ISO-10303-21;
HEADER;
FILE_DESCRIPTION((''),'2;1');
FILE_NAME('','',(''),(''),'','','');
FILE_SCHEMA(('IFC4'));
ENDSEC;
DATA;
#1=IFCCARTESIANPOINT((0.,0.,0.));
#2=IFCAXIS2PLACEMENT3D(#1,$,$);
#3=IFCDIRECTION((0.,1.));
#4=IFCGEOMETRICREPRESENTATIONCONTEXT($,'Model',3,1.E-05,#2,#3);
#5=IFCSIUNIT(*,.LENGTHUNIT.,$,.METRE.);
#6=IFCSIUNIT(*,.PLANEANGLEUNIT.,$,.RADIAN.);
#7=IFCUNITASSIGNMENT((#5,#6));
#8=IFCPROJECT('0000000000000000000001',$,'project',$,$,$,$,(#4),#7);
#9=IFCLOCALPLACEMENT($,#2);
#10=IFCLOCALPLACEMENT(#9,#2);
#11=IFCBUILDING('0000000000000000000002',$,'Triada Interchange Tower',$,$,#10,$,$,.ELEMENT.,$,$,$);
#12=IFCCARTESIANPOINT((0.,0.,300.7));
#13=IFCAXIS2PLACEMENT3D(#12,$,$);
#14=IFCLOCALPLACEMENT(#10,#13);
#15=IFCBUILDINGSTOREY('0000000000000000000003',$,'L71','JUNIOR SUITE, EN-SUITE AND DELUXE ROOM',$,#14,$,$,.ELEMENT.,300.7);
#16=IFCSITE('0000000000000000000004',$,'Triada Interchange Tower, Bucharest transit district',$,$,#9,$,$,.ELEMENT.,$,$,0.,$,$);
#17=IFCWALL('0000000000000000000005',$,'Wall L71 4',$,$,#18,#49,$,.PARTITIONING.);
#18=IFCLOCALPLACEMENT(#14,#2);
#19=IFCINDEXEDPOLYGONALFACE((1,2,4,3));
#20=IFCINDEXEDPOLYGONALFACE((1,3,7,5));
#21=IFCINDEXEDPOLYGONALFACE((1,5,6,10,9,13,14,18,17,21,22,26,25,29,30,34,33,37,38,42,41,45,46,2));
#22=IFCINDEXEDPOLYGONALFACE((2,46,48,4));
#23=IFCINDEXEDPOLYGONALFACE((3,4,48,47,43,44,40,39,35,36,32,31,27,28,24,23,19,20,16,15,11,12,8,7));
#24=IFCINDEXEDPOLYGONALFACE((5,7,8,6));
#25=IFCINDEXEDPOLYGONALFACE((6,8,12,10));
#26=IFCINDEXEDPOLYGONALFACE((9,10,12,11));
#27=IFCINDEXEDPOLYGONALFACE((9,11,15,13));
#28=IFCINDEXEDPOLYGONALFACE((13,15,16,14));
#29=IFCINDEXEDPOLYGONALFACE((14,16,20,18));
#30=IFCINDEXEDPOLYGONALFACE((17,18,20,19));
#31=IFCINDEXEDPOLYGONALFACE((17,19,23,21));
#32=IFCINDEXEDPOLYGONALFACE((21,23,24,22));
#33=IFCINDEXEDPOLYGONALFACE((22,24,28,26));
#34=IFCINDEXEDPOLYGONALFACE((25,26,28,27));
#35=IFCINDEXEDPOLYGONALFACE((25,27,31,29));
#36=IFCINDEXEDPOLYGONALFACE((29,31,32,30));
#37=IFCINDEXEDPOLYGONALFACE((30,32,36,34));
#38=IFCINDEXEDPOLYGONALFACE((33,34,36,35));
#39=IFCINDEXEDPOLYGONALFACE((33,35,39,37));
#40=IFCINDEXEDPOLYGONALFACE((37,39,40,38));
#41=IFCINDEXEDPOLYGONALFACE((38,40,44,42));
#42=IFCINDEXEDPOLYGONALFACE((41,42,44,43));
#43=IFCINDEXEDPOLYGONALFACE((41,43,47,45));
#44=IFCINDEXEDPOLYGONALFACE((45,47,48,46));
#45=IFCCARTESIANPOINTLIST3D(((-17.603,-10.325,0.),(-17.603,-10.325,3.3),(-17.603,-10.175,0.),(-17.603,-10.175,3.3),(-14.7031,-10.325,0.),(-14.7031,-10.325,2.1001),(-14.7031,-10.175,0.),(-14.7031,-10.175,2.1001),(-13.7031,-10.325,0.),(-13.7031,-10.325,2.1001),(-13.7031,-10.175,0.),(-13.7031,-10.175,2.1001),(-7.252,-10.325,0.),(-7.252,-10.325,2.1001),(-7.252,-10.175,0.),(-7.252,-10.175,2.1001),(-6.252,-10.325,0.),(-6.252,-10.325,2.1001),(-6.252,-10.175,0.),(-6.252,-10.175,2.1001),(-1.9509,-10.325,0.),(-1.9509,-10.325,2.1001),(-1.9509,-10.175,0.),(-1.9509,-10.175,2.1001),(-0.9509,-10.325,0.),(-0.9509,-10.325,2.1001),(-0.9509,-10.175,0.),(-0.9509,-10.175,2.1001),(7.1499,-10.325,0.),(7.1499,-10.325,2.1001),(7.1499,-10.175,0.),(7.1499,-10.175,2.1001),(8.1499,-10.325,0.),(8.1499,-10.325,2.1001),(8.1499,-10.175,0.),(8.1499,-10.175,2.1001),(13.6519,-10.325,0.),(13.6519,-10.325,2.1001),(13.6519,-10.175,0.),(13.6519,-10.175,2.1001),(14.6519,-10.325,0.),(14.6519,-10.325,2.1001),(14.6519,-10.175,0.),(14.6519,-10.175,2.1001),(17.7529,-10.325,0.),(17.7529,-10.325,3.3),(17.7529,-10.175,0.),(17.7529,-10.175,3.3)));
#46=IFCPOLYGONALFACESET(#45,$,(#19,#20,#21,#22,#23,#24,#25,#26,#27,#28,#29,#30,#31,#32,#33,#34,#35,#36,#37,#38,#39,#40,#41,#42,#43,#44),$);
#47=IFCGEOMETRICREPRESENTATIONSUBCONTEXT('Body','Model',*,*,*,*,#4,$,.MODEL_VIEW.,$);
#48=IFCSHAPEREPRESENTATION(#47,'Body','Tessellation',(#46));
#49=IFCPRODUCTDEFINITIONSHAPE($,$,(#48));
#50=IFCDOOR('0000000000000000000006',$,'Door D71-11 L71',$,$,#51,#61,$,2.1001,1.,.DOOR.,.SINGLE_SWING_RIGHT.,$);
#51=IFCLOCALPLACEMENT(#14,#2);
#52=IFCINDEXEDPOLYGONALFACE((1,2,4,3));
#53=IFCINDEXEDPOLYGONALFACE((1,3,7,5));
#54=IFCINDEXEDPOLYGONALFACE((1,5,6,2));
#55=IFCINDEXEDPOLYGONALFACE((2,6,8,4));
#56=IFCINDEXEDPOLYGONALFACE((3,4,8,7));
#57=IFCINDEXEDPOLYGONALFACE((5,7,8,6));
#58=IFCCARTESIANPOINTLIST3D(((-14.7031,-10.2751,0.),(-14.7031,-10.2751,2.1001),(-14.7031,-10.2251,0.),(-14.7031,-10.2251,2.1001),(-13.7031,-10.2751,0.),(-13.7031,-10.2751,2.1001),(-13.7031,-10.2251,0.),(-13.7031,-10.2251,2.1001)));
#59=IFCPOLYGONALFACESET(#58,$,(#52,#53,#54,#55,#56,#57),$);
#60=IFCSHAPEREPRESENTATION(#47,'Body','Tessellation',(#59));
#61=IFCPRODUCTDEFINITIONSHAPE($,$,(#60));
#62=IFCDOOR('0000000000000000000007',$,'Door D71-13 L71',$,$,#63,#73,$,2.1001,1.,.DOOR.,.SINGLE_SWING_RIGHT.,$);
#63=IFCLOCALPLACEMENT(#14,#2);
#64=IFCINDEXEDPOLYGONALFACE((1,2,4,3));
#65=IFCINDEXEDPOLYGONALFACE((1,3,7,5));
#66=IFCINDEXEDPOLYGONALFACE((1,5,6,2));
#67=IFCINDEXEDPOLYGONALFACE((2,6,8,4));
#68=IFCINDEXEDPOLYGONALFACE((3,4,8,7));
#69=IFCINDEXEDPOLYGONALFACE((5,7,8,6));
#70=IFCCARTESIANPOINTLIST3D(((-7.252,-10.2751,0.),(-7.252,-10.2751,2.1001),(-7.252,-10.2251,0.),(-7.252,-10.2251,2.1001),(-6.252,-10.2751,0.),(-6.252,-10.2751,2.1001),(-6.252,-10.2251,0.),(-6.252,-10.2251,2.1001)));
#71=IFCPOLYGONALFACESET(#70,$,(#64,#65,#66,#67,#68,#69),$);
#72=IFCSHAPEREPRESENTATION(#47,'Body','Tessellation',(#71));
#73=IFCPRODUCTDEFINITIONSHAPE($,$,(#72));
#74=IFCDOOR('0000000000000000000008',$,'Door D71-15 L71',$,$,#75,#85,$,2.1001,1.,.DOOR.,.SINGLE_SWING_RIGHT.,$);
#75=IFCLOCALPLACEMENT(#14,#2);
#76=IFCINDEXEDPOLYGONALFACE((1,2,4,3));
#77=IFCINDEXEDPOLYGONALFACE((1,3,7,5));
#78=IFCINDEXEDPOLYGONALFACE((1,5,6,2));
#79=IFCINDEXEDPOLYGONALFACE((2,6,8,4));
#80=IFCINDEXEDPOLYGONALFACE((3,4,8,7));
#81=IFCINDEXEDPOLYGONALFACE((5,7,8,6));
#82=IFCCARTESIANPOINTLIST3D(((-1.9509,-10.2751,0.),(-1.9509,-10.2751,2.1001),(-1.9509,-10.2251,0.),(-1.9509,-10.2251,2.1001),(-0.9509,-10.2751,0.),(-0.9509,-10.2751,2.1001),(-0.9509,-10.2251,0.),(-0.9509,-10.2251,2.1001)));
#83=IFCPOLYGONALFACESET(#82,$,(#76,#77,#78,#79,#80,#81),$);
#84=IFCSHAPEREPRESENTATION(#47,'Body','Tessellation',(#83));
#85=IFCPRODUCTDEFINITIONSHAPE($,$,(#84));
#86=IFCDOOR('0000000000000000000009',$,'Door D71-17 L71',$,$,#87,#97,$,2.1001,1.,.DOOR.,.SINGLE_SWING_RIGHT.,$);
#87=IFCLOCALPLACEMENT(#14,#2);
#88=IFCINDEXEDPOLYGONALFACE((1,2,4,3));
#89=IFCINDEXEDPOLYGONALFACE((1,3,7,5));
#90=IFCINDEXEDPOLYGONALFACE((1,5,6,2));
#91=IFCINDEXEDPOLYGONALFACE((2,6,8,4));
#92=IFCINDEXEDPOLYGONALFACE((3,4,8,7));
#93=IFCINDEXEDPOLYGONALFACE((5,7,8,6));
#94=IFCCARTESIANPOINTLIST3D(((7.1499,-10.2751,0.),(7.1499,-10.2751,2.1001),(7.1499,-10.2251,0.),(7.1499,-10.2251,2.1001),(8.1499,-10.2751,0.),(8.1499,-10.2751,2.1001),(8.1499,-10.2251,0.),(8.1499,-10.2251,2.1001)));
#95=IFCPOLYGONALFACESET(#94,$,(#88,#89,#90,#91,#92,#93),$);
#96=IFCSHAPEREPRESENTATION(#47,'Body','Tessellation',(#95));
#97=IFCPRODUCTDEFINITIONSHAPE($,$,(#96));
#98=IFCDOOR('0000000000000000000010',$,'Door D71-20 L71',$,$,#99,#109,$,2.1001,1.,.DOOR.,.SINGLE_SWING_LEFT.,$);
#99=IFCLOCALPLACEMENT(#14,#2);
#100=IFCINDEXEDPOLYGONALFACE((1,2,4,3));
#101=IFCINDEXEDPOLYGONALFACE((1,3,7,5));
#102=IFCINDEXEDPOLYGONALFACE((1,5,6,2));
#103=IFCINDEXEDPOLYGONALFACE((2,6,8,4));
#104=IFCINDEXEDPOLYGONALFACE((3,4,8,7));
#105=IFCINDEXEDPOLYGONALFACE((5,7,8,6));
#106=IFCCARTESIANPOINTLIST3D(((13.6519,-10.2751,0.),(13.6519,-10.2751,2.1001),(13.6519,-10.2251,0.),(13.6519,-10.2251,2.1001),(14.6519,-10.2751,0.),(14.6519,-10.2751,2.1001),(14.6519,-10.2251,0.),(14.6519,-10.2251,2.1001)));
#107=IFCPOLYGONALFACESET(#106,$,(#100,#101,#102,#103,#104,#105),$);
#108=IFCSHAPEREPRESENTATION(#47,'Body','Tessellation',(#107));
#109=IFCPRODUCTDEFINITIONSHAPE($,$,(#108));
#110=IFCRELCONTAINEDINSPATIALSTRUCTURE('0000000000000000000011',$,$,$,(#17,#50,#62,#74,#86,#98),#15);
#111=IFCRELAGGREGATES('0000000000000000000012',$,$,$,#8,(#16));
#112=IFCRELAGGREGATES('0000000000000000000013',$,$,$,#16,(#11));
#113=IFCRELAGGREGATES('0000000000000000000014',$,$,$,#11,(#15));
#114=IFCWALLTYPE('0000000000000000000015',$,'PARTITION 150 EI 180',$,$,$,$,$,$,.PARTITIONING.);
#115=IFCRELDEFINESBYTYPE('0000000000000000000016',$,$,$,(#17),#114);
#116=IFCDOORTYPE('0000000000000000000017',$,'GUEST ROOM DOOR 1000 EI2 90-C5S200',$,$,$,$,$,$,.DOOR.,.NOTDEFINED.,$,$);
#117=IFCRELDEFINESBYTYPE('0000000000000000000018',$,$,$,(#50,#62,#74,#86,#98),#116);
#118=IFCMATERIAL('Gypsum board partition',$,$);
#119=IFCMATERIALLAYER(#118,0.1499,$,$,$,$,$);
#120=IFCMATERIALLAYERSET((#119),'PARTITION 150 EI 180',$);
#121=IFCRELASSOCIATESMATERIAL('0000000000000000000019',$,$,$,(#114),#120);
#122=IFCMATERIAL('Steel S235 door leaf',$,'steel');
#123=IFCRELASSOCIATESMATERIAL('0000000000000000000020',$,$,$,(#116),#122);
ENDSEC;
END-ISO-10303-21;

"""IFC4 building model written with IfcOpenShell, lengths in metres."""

from ifc_helpers import new_model, si_unit, direction, frame, frame_2d, origin, place, context, subcontext, project, spatial, rectangle, extrude, material, layer, layer_set, type_object, element, fill, save


model = new_model("IFC4")

# Units and contexts
model_context = context("Model", 3, precision=1e-05, world=origin(), true_north=direction((0.0, 1.0)))
body_context = subcontext(model_context, "Body", "Model", "MODEL_VIEW")
ifc_project = project(units=[si_unit("LENGTHUNIT", "METRE"), si_unit("PLANEANGLEUNIT", "RADIAN")], contexts=[model_context])

# Site, building, storey
site_placement = place(None, origin())
site = spatial("IfcSite", under=ifc_project, at=site_placement, Name="Triada Interchange Tower, Bucharest transit district", CompositionType="ELEMENT", RefElevation=0.0)
building_placement = place(site_placement, origin())
building = spatial("IfcBuilding", under=site, at=building_placement, Name="Triada Interchange Tower", CompositionType="ELEMENT")
storey_placement = place(building_placement, frame((0.0, 0.0, 300.7)))
storey = spatial("IfcBuildingStorey", under=building, at=storey_placement, Name="L71", Description="JUNIOR SUITE, EN-SUITE AND DELUXE ROOM", CompositionType="ELEMENT", Elevation=300.7)

# Wall, openings, doors
ifc_material_1 = material(Name="Gypsum board partition")
ifc_layer_1 = layer(ifc_material_1, 0.1499)
ifc_layer_set_1 = layer_set([ifc_layer_1], Name="PARTITION 150 EI 180")
wall_type_1 = type_object("IfcWallType", Name="PARTITION 150 EI 180", PredefinedType="PARTITIONING", material=ifc_layer_set_1)
wall_1_placement = place(storey_placement, frame((-17.603, -10.25, 0.0), z_axis=(0.0, 0.0, 1.0), x_axis=(1.0, 0.0, 0.0)))
wall_1 = element("IfcWall", 1, at=wall_1_placement, inside=storey, type_object=wall_type_1, Name="Wall L71 4", PredefinedType="PARTITIONING", context=body_context, shape_type="SweptSolid", body=[
    extrude(rectangle(XDim=35.356, YDim=0.1499, at=frame_2d((17.678, 0.0))), origin(), (0.0, 0.0, 1.0), 3.3),
])
opening_1_placement = place(wall_1_placement, frame((2.8999, 0.0, 0.0)))
opening_1 = element("IfcOpeningElement", 2, at=opening_1_placement, cuts=wall_1, PredefinedType="OPENING", context=body_context, shape_type="SweptSolid", body=[
    extrude(rectangle(XDim=1.0, YDim=2.1001, at=frame_2d((0.5, 1.05))), frame((0.0, 0.085, 0.0), z_axis=(0.0, -1.0, 0.0), x_axis=(1.0, 0.0, 0.0)), (0.0, 0.0, 1.0), 0.1699),
])
opening_2_placement = place(wall_1_placement, frame((10.3511, 0.0, 0.0)))
opening_2 = element("IfcOpeningElement", 3, at=opening_2_placement, cuts=wall_1, PredefinedType="OPENING", context=body_context, shape_type="SweptSolid", body=[
    extrude(rectangle(XDim=1.0, YDim=2.1001, at=frame_2d((0.5, 1.05))), frame((0.0, 0.085, 0.0), z_axis=(0.0, -1.0, 0.0), x_axis=(1.0, 0.0, 0.0)), (0.0, 0.0, 1.0), 0.1699),
])
opening_3_placement = place(wall_1_placement, frame((15.6521, 0.0, 0.0)))
opening_3 = element("IfcOpeningElement", 4, at=opening_3_placement, cuts=wall_1, PredefinedType="OPENING", context=body_context, shape_type="SweptSolid", body=[
    extrude(rectangle(XDim=1.0, YDim=2.1001, at=frame_2d((0.5, 1.05))), frame((0.0, 0.085, 0.0), z_axis=(0.0, -1.0, 0.0), x_axis=(1.0, 0.0, 0.0)), (0.0, 0.0, 1.0), 0.1699),
])
opening_4_placement = place(wall_1_placement, frame((24.7529, 0.0, 0.0)))
opening_4 = element("IfcOpeningElement", 5, at=opening_4_placement, cuts=wall_1, PredefinedType="OPENING", context=body_context, shape_type="SweptSolid", body=[
    extrude(rectangle(XDim=1.0, YDim=2.1001, at=frame_2d((0.5, 1.05))), frame((0.0, 0.085, 0.0), z_axis=(0.0, -1.0, 0.0), x_axis=(1.0, 0.0, 0.0)), (0.0, 0.0, 1.0), 0.1699),
])
opening_5_placement = place(wall_1_placement, frame((31.2549, 0.0, 0.0)))
opening_5 = element("IfcOpeningElement", 6, at=opening_5_placement, cuts=wall_1, PredefinedType="OPENING", context=body_context, shape_type="SweptSolid", body=[
    extrude(rectangle(XDim=1.0, YDim=2.1001, at=frame_2d((0.5, 1.05))), frame((0.0, 0.085, 0.0), z_axis=(0.0, -1.0, 0.0), x_axis=(1.0, 0.0, 0.0)), (0.0, 0.0, 1.0), 0.1699),
])
ifc_material_2 = material(Name="Steel S235 door leaf", Category="steel")
door_type_1 = type_object("IfcDoorType", Name="GUEST ROOM DOOR 1000 EI2 90-C5S200", OperationType="NOTDEFINED", PredefinedType="DOOR", material=ifc_material_2)
door_1_placement = place(opening_1_placement, origin())
door_1 = element("IfcDoor", 7, at=door_1_placement, inside=storey, type_object=door_type_1, Name="Door D71-11 L71", OperationType="SINGLE_SWING_RIGHT", OverallHeight=2.1001, OverallWidth=1.0, PredefinedType="DOOR", context=body_context, shape_type="SweptSolid", body=[
    extrude(rectangle(XDim=1.0, YDim=2.1001, at=frame_2d((0.5, 1.05))), frame((0.0, 0.0249, 0.0), z_axis=(0.0, -1.0, 0.0), x_axis=(1.0, 0.0, 0.0)), (0.0, 0.0, 1.0), 0.05),
])
fill(opening_1, door_1)
door_2_placement = place(opening_2_placement, origin())
door_2 = element("IfcDoor", 8, at=door_2_placement, inside=storey, type_object=door_type_1, Name="Door D71-13 L71", OperationType="SINGLE_SWING_RIGHT", OverallHeight=2.1001, OverallWidth=1.0, PredefinedType="DOOR", context=body_context, shape_type="SweptSolid", body=[
    extrude(rectangle(XDim=1.0, YDim=2.1001, at=frame_2d((0.5, 1.05))), frame((0.0, 0.0249, 0.0), z_axis=(0.0, -1.0, 0.0), x_axis=(1.0, 0.0, 0.0)), (0.0, 0.0, 1.0), 0.05),
])
fill(opening_2, door_2)
door_3_placement = place(opening_3_placement, origin())
door_3 = element("IfcDoor", 9, at=door_3_placement, inside=storey, type_object=door_type_1, Name="Door D71-15 L71", OperationType="SINGLE_SWING_RIGHT", OverallHeight=2.1001, OverallWidth=1.0, PredefinedType="DOOR", context=body_context, shape_type="SweptSolid", body=[
    extrude(rectangle(XDim=1.0, YDim=2.1001, at=frame_2d((0.5, 1.05))), frame((0.0, 0.0249, 0.0), z_axis=(0.0, -1.0, 0.0), x_axis=(1.0, 0.0, 0.0)), (0.0, 0.0, 1.0), 0.05),
])
fill(opening_3, door_3)
door_4_placement = place(opening_4_placement, origin())
door_4 = element("IfcDoor", 10, at=door_4_placement, inside=storey, type_object=door_type_1, Name="Door D71-17 L71", OperationType="SINGLE_SWING_RIGHT", OverallHeight=2.1001, OverallWidth=1.0, PredefinedType="DOOR", context=body_context, shape_type="SweptSolid", body=[
    extrude(rectangle(XDim=1.0, YDim=2.1001, at=frame_2d((0.5, 1.05))), frame((0.0, 0.0249, 0.0), z_axis=(0.0, -1.0, 0.0), x_axis=(1.0, 0.0, 0.0)), (0.0, 0.0, 1.0), 0.05),
])
fill(opening_4, door_4)
door_5_placement = place(opening_5_placement, origin())
door_5 = element("IfcDoor", 11, at=door_5_placement, inside=storey, type_object=door_type_1, Name="Door D71-20 L71", OperationType="SINGLE_SWING_LEFT", OverallHeight=2.1001, OverallWidth=1.0, PredefinedType="DOOR", context=body_context, shape_type="SweptSolid", body=[
    extrude(rectangle(XDim=1.0, YDim=2.1001, at=frame_2d((0.5, 1.05))), frame((0.0, 0.0249, 0.0), z_axis=(0.0, -1.0, 0.0), x_axis=(1.0, 0.0, 0.0)), (0.0, 0.0, 1.0), 0.05),
])
fill(opening_5, door_5)

save(model, "model.ifc")
